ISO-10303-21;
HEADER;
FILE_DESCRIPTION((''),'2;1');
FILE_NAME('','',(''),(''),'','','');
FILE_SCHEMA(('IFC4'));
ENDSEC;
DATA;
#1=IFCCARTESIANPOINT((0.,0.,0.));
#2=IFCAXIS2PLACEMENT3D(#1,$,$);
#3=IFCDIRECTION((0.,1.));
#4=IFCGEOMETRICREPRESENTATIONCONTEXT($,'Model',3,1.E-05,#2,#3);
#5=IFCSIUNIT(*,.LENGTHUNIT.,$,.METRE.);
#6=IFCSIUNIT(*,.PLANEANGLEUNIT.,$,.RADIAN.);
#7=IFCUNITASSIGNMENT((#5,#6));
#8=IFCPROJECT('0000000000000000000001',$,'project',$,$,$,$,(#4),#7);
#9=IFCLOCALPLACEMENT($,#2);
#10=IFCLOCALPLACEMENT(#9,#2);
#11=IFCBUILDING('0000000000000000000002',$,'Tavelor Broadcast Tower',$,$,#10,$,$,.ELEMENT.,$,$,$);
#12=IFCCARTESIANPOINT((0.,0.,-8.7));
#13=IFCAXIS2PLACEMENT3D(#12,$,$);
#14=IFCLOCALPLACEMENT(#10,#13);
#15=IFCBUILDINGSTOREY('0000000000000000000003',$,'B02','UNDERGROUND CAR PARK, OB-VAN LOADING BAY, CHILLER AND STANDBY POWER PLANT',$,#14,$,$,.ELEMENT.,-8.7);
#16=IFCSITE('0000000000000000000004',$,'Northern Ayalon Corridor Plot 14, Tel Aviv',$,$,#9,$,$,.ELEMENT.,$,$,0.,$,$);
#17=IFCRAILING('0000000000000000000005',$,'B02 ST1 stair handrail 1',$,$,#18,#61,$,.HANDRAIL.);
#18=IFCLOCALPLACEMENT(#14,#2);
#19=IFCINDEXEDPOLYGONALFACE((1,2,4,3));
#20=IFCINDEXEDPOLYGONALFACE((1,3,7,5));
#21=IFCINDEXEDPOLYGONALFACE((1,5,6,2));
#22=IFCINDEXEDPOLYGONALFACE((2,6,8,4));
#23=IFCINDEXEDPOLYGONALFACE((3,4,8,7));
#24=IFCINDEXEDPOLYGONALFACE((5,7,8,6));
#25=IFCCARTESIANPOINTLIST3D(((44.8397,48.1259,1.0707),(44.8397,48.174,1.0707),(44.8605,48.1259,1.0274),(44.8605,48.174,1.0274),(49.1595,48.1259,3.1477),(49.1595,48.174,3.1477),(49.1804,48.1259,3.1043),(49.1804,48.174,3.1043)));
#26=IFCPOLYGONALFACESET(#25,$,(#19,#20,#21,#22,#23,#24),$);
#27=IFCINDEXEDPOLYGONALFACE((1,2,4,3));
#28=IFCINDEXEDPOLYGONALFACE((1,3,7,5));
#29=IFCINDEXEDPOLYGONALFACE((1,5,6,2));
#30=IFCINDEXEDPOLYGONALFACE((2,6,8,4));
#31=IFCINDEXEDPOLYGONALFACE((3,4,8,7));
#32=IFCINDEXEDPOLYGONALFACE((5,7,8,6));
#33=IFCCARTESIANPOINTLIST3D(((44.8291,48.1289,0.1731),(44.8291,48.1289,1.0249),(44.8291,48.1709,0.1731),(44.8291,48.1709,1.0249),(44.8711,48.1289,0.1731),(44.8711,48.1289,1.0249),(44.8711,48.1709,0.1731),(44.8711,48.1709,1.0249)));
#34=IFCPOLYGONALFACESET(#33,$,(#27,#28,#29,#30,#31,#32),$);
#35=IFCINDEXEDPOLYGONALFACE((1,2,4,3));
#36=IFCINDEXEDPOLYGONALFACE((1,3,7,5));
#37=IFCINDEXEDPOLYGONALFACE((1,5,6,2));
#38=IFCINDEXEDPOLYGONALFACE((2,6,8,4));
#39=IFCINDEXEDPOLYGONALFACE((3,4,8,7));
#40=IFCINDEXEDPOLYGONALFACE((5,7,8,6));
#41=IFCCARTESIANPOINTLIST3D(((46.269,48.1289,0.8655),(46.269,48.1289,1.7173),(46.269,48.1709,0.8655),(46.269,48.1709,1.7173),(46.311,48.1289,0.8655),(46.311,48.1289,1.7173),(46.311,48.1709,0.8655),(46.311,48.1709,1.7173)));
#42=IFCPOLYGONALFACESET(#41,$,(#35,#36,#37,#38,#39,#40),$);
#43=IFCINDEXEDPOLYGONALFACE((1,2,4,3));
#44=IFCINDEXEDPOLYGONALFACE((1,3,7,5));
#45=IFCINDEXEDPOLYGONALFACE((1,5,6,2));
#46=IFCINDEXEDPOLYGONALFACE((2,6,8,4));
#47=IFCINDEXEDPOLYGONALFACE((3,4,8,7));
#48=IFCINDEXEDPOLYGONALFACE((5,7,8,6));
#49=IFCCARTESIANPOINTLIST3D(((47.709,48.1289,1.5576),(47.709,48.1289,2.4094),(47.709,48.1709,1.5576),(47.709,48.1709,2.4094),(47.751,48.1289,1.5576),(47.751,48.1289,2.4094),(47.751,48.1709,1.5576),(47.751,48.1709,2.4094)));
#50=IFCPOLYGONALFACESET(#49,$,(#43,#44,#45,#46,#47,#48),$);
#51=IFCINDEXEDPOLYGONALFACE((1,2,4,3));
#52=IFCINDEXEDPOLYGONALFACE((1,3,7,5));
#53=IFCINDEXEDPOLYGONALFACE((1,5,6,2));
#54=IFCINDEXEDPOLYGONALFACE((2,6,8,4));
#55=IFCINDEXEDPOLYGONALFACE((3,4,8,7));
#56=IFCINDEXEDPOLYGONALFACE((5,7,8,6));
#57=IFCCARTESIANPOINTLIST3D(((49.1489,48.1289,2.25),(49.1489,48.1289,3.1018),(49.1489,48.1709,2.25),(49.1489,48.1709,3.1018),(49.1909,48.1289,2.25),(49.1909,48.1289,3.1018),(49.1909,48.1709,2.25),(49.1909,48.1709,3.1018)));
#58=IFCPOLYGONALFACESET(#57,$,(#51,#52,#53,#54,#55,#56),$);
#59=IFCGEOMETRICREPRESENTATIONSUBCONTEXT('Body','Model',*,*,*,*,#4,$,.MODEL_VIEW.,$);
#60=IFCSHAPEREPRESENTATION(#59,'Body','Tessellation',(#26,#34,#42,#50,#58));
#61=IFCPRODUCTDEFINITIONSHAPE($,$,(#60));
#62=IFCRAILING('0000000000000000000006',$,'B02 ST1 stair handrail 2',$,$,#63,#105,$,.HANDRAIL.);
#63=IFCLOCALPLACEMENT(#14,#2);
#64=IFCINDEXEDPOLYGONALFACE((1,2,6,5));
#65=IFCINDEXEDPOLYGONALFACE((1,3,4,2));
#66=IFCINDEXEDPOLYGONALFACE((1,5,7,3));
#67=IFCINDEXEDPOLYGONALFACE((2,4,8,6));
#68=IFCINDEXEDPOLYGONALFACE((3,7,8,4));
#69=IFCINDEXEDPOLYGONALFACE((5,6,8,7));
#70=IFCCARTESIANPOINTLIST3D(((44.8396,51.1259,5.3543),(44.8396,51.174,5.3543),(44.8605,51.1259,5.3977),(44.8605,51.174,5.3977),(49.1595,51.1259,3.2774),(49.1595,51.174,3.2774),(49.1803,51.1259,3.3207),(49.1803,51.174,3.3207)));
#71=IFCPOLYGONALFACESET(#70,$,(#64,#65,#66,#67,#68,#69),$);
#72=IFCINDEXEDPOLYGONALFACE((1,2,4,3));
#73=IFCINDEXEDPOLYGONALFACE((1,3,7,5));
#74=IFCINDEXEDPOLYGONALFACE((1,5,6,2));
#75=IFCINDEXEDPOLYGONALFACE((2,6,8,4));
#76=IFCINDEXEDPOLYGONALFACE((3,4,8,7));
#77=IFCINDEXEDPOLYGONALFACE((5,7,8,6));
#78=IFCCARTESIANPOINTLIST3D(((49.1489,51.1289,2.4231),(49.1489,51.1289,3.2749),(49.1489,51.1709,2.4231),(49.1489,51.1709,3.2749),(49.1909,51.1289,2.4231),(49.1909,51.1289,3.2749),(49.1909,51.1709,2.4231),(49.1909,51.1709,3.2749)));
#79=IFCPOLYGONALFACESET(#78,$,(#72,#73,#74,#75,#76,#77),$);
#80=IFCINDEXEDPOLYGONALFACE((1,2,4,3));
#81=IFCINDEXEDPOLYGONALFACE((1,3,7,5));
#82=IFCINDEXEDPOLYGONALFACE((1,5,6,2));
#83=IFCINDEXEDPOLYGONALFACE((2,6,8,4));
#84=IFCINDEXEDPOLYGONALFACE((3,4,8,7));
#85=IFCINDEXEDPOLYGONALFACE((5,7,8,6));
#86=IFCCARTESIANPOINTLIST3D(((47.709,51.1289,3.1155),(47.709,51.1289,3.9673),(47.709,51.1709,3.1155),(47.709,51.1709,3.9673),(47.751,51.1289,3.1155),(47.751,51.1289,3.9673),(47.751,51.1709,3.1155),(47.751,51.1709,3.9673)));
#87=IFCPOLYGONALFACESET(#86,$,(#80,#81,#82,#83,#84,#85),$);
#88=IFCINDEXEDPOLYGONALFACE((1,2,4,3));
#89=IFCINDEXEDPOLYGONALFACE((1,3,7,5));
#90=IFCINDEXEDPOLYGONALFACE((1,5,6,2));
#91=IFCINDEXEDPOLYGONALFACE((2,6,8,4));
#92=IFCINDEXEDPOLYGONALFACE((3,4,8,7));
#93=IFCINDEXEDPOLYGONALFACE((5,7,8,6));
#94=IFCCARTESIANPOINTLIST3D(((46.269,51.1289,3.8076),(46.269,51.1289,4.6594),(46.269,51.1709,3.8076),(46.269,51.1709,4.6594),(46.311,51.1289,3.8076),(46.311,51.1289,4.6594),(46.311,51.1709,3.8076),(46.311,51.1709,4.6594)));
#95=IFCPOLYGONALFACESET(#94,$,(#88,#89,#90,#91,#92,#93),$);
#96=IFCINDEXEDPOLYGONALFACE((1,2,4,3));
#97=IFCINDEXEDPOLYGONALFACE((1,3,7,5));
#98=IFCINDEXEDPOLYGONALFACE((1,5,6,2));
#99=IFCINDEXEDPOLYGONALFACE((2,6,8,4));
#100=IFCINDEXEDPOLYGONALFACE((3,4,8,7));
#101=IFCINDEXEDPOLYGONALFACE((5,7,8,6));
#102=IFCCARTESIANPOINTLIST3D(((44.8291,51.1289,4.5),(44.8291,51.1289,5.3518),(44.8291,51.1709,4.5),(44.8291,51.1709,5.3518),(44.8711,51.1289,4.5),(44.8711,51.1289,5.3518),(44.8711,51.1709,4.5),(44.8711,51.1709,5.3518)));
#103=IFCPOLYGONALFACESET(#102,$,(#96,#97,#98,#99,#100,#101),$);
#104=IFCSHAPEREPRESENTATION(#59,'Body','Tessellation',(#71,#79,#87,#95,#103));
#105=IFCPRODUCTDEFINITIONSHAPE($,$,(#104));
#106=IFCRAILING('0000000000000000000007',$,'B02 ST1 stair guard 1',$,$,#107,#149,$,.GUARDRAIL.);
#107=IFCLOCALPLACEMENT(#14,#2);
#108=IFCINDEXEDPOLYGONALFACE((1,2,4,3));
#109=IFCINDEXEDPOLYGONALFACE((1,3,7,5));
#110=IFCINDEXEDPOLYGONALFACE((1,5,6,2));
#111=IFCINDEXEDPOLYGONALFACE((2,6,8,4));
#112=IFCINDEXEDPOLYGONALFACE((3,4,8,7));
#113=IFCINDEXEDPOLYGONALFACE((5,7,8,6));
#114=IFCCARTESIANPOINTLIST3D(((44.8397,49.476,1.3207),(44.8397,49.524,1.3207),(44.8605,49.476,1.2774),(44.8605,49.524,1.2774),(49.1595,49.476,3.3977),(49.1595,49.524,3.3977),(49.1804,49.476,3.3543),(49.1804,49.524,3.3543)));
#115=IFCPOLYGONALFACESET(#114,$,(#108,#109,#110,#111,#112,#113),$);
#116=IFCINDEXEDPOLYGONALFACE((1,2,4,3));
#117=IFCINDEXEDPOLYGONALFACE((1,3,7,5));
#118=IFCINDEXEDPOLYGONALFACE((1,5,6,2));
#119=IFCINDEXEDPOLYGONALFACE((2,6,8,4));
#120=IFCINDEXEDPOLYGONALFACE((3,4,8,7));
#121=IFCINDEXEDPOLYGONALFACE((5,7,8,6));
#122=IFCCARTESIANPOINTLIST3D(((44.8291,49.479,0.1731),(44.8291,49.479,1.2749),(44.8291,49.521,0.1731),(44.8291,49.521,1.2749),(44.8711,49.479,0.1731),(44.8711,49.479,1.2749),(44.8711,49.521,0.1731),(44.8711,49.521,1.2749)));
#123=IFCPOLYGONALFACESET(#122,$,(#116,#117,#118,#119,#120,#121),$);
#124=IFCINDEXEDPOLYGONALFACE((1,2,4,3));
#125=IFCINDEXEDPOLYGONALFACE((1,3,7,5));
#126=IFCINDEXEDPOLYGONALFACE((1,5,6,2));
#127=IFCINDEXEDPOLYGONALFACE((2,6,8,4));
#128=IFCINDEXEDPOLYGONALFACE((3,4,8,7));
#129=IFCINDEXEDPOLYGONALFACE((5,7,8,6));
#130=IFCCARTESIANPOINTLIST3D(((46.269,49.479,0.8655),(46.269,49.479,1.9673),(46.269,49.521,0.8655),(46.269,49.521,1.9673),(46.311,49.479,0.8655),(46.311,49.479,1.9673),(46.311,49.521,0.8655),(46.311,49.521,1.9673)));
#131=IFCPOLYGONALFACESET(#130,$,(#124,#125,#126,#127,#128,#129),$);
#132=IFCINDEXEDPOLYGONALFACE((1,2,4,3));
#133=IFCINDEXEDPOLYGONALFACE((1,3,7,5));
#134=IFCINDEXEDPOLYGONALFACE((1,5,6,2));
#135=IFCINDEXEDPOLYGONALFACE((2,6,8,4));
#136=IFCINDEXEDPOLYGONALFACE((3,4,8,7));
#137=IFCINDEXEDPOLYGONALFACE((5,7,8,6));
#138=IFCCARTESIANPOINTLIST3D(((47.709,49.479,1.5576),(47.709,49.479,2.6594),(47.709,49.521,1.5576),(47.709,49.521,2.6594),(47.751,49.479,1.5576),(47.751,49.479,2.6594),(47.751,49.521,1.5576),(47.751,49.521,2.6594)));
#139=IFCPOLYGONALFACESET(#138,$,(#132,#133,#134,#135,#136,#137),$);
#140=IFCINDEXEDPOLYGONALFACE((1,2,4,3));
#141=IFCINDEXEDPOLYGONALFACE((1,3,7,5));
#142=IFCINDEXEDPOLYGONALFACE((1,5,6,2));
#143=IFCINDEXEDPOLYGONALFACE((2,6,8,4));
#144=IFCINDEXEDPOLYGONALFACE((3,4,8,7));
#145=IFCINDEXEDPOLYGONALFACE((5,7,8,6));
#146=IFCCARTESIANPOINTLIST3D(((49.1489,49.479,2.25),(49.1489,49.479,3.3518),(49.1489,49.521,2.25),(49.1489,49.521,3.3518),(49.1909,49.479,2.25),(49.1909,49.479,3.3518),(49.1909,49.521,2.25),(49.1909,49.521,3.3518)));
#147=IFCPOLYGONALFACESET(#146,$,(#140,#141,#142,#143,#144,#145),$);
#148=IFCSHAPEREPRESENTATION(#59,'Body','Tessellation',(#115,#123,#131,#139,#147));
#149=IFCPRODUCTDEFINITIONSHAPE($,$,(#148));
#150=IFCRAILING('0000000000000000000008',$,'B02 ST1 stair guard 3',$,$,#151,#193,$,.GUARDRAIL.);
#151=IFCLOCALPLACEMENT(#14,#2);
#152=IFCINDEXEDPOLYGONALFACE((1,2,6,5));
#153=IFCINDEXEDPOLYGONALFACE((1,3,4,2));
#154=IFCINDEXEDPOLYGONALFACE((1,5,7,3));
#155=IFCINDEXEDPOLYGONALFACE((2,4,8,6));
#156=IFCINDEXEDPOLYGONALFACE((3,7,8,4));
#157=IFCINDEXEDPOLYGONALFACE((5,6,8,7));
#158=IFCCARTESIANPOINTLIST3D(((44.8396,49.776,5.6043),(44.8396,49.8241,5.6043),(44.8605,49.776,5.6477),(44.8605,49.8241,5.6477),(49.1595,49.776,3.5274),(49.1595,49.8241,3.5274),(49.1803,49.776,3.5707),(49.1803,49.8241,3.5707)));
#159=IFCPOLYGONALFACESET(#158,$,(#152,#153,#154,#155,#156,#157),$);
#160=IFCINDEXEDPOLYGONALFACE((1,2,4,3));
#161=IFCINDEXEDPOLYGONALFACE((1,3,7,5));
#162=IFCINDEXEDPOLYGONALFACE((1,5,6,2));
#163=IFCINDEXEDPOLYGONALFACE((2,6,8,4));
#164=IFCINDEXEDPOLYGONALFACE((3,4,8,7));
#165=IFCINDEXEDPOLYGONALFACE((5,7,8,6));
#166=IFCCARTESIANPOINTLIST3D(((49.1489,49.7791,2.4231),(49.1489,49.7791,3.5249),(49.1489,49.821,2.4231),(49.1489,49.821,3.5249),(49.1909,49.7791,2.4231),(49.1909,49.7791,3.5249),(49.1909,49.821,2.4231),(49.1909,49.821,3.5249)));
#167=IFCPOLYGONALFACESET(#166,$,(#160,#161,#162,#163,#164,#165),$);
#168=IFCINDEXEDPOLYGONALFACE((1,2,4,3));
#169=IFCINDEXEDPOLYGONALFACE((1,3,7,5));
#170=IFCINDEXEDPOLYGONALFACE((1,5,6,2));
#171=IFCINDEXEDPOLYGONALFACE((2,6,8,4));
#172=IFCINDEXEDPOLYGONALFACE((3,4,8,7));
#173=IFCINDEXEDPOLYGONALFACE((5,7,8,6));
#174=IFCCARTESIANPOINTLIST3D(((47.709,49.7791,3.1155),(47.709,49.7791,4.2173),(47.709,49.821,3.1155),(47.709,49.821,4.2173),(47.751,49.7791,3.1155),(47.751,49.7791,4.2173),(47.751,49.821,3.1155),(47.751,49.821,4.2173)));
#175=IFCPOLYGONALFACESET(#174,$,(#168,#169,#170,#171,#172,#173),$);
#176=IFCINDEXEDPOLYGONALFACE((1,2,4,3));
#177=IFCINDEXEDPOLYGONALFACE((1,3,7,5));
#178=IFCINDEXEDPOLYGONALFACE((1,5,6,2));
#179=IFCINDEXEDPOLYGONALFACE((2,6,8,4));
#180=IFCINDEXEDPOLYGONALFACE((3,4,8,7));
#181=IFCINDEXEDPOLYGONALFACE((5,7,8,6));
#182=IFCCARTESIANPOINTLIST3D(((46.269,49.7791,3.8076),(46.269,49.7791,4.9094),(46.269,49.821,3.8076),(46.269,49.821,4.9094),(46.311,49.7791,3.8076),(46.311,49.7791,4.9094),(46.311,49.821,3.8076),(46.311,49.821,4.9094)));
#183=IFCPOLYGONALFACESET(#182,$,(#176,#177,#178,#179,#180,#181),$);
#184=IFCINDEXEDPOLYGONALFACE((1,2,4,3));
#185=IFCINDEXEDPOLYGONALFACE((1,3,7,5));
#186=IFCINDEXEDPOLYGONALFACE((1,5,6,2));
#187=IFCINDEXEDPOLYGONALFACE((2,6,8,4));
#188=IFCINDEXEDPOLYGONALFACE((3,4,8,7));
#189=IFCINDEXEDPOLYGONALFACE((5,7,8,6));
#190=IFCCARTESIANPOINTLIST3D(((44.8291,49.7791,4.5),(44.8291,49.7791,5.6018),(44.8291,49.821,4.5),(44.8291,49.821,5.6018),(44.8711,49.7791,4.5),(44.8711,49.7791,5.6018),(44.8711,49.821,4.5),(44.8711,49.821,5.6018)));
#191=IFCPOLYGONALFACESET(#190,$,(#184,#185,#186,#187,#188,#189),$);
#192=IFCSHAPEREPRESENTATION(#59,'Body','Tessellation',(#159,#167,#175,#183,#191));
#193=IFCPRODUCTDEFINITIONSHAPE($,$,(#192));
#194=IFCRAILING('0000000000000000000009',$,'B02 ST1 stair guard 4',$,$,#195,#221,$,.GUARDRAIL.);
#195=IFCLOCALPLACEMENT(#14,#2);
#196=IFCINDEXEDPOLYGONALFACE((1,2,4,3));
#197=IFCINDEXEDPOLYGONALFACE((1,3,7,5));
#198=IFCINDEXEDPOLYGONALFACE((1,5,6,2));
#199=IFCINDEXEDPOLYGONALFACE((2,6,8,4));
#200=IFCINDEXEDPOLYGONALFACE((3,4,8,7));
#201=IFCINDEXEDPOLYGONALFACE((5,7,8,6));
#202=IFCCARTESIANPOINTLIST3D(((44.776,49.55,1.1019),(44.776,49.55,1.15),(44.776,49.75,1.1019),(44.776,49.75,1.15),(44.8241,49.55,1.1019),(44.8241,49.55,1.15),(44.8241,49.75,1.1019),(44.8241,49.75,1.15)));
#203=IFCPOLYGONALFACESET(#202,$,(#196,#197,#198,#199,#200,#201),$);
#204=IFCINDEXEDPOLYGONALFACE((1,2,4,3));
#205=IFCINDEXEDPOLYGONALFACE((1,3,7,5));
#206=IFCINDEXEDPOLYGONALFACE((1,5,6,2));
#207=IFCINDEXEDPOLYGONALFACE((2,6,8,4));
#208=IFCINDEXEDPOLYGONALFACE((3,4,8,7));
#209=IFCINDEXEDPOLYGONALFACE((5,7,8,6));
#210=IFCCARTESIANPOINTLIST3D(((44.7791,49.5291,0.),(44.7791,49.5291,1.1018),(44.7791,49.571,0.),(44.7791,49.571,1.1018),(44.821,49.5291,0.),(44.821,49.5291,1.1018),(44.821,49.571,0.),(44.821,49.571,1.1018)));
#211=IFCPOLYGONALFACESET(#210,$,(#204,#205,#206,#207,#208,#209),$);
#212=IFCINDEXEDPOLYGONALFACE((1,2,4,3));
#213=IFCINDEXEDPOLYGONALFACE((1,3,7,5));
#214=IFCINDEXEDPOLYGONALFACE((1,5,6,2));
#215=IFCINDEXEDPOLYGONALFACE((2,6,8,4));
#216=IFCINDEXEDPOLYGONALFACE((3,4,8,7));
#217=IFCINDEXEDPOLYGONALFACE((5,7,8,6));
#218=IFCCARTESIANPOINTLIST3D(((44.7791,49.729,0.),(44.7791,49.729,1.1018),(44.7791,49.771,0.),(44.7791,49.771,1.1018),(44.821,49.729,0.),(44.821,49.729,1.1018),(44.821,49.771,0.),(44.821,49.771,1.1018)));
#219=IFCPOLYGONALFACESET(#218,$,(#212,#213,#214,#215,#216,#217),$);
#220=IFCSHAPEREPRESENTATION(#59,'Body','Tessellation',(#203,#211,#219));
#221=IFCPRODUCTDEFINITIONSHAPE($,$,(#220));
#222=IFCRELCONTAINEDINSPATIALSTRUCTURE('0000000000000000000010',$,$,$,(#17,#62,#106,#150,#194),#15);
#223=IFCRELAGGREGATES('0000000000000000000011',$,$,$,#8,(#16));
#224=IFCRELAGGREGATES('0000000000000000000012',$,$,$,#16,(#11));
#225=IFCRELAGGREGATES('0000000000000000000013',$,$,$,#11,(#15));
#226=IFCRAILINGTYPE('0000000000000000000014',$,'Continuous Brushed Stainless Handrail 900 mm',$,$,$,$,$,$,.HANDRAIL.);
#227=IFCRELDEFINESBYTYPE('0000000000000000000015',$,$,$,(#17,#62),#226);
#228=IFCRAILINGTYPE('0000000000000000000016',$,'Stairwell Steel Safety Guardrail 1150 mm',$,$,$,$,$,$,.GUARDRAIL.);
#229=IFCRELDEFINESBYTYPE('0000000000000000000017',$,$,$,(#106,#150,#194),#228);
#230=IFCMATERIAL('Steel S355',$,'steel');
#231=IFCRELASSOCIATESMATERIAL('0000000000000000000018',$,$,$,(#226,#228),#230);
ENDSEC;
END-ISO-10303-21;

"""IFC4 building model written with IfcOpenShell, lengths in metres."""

from ifc_helpers import new_model, si_unit, direction, frame, origin, origin_2d, place, context, subcontext, project, spatial, rectangle, extrude, material, type_object, element, save


model = new_model("IFC4")

# Units and contexts
model_context = context("Model", 3, precision=1e-05, world=origin(), true_north=direction((0.0, 1.0)))
body_context = subcontext(model_context, "Body", "Model", "MODEL_VIEW")
ifc_project = project(units=[si_unit("LENGTHUNIT", "METRE"), si_unit("PLANEANGLEUNIT", "RADIAN")], contexts=[model_context])

# Site, building, storey
site_placement = place(None, origin())
site = spatial("IfcSite", under=ifc_project, at=site_placement, Name="Northern Ayalon Corridor Plot 14, Tel Aviv", CompositionType="ELEMENT", RefElevation=0.0)
building_placement = place(site_placement, origin())
building = spatial("IfcBuilding", under=site, at=building_placement, Name="Tavelor Broadcast Tower", CompositionType="ELEMENT")
storey_placement = place(building_placement, frame((0.0, 0.0, -8.7)))
storey = spatial("IfcBuildingStorey", under=building, at=storey_placement, Name="B02", Description="UNDERGROUND CAR PARK, OB-VAN LOADING BAY, CHILLER AND STANDBY POWER PLANT", CompositionType="ELEMENT", Elevation=-8.7)

# Shared definitions
ifc_material_1 = material(Name="Steel S355", Category="steel")

# Railings
railing_type_1 = type_object("IfcRailingType", Name="Continuous Brushed Stainless Handrail 900 mm", PredefinedType="HANDRAIL", material=ifc_material_1)
railing_1_placement = place(storey_placement, frame((44.8501, 48.1499, 0.1731)))
element("IfcRailing", 1, at=railing_1_placement, inside=storey, type_object=railing_type_1, Name="B02 ST1 stair handrail 1", PredefinedType="HANDRAIL", context=body_context, shape_type="SweptSolid", body=[
    extrude(rectangle(XDim=0.0481, YDim=0.0481, at=origin_2d()), frame((0.0, 0.0, 0.876), z_axis=(0.901247, 0.0, 0.433306), x_axis=(0.0, 1.0, 0.0)), (0.0, 0.0, 1.0), 4.7932),
    extrude(rectangle(XDim=0.042, YDim=0.042, at=origin_2d()), origin(), (0.0, 0.0, 1.0), 0.8518),
    extrude(rectangle(XDim=0.042, YDim=0.042, at=origin_2d()), frame((1.4399, 0.0, 0.6924)), (0.0, 0.0, 1.0), 0.8518),
    extrude(rectangle(XDim=0.042, YDim=0.042, at=origin_2d()), frame((2.8799, 0.0, 1.3845)), (0.0, 0.0, 1.0), 0.8518),
    extrude(rectangle(XDim=0.042, YDim=0.042, at=origin_2d()), frame((4.3198, 0.0, 2.0769)), (0.0, 0.0, 1.0), 0.8518),
])
railing_2_placement = place(storey_placement, frame((49.1699, 51.1499, 2.4231)))
element("IfcRailing", 2, at=railing_2_placement, inside=storey, type_object=railing_type_1, Name="B02 ST1 stair handrail 2", PredefinedType="HANDRAIL", context=body_context, shape_type="SweptSolid", body=[
    extrude(rectangle(XDim=0.0481, YDim=0.0481, at=origin_2d()), frame((0.0, 0.0, 0.876), z_axis=(-0.901247, 0.0, 0.433306), x_axis=(0.0, -1.0, 0.0)), (0.0, 0.0, 1.0), 4.7932),
    extrude(rectangle(XDim=0.042, YDim=0.042, at=origin_2d()), origin(), (0.0, 0.0, 1.0), 0.8518),
    extrude(rectangle(XDim=0.042, YDim=0.042, at=origin_2d()), frame((-1.4399, 0.0, 0.6924)), (0.0, 0.0, 1.0), 0.8518),
    extrude(rectangle(XDim=0.042, YDim=0.042, at=origin_2d()), frame((-2.8799, 0.0, 1.3845)), (0.0, 0.0, 1.0), 0.8518),
    extrude(rectangle(XDim=0.042, YDim=0.042, at=origin_2d()), frame((-4.3198, 0.0, 2.0769)), (0.0, 0.0, 1.0), 0.8518),
])
railing_type_2 = type_object("IfcRailingType", Name="Stairwell Steel Safety Guardrail 1150 mm", PredefinedType="GUARDRAIL", material=ifc_material_1)
railing_3_placement = place(storey_placement, frame((44.8501, 49.5, 0.1731)))
element("IfcRailing", 3, at=railing_3_placement, inside=storey, type_object=railing_type_2, Name="B02 ST1 stair guard 1", PredefinedType="GUARDRAIL", context=body_context, shape_type="SweptSolid", body=[
    extrude(rectangle(XDim=0.0481, YDim=0.0481, at=origin_2d()), frame((0.0, 0.0, 1.126), z_axis=(0.901247, 0.0, 0.433306), x_axis=(0.0, 1.0, 0.0)), (0.0, 0.0, 1.0), 4.7932),
    extrude(rectangle(XDim=0.042, YDim=0.042, at=origin_2d()), origin(), (0.0, 0.0, 1.0), 1.1018),
    extrude(rectangle(XDim=0.042, YDim=0.042, at=origin_2d()), frame((1.4399, 0.0, 0.6924)), (0.0, 0.0, 1.0), 1.1018),
    extrude(rectangle(XDim=0.042, YDim=0.042, at=origin_2d()), frame((2.8799, 0.0, 1.3845)), (0.0, 0.0, 1.0), 1.1018),
    extrude(rectangle(XDim=0.042, YDim=0.042, at=origin_2d()), frame((4.3198, 0.0, 2.0769)), (0.0, 0.0, 1.0), 1.1018),
])
railing_4_placement = place(storey_placement, frame((49.1699, 49.8, 2.4231)))
element("IfcRailing", 4, at=railing_4_placement, inside=storey, type_object=railing_type_2, Name="B02 ST1 stair guard 3", PredefinedType="GUARDRAIL", context=body_context, shape_type="SweptSolid", body=[
    extrude(rectangle(XDim=0.0481, YDim=0.0481, at=origin_2d()), frame((0.0, 0.0, 1.126), z_axis=(-0.901247, 0.0, 0.433306), x_axis=(0.0, -1.0, 0.0)), (0.0, 0.0, 1.0), 4.7932),
    extrude(rectangle(XDim=0.042, YDim=0.042, at=origin_2d()), origin(), (0.0, 0.0, 1.0), 1.1018),
    extrude(rectangle(XDim=0.042, YDim=0.042, at=origin_2d()), frame((-1.4399, 0.0, 0.6924)), (0.0, 0.0, 1.0), 1.1018),
    extrude(rectangle(XDim=0.042, YDim=0.042, at=origin_2d()), frame((-2.8799, 0.0, 1.3845)), (0.0, 0.0, 1.0), 1.1018),
    extrude(rectangle(XDim=0.042, YDim=0.042, at=origin_2d()), frame((-4.3198, 0.0, 2.0769)), (0.0, 0.0, 1.0), 1.1018),
])
railing_5_placement = place(storey_placement, frame((44.8, 49.55, 0.0)))
element("IfcRailing", 5, at=railing_5_placement, inside=storey, type_object=railing_type_2, Name="B02 ST1 stair guard 4", PredefinedType="GUARDRAIL", context=body_context, shape_type="SweptSolid", body=[
    extrude(rectangle(XDim=0.0481, YDim=0.0481, at=origin_2d()), frame((0.0, 0.0, 1.126), z_axis=(0.0, 1.0, 0.0), x_axis=(-1.0, 0.0, 0.0)), (0.0, 0.0, 1.0), 0.2),
    extrude(rectangle(XDim=0.042, YDim=0.042, at=origin_2d()), origin(), (0.0, 0.0, 1.0), 1.1018),
    extrude(rectangle(XDim=0.042, YDim=0.042, at=origin_2d()), frame((0.0, 0.2, 0.0)), (0.0, 0.0, 1.0), 1.1018),
])

save(model, "model.ifc")
